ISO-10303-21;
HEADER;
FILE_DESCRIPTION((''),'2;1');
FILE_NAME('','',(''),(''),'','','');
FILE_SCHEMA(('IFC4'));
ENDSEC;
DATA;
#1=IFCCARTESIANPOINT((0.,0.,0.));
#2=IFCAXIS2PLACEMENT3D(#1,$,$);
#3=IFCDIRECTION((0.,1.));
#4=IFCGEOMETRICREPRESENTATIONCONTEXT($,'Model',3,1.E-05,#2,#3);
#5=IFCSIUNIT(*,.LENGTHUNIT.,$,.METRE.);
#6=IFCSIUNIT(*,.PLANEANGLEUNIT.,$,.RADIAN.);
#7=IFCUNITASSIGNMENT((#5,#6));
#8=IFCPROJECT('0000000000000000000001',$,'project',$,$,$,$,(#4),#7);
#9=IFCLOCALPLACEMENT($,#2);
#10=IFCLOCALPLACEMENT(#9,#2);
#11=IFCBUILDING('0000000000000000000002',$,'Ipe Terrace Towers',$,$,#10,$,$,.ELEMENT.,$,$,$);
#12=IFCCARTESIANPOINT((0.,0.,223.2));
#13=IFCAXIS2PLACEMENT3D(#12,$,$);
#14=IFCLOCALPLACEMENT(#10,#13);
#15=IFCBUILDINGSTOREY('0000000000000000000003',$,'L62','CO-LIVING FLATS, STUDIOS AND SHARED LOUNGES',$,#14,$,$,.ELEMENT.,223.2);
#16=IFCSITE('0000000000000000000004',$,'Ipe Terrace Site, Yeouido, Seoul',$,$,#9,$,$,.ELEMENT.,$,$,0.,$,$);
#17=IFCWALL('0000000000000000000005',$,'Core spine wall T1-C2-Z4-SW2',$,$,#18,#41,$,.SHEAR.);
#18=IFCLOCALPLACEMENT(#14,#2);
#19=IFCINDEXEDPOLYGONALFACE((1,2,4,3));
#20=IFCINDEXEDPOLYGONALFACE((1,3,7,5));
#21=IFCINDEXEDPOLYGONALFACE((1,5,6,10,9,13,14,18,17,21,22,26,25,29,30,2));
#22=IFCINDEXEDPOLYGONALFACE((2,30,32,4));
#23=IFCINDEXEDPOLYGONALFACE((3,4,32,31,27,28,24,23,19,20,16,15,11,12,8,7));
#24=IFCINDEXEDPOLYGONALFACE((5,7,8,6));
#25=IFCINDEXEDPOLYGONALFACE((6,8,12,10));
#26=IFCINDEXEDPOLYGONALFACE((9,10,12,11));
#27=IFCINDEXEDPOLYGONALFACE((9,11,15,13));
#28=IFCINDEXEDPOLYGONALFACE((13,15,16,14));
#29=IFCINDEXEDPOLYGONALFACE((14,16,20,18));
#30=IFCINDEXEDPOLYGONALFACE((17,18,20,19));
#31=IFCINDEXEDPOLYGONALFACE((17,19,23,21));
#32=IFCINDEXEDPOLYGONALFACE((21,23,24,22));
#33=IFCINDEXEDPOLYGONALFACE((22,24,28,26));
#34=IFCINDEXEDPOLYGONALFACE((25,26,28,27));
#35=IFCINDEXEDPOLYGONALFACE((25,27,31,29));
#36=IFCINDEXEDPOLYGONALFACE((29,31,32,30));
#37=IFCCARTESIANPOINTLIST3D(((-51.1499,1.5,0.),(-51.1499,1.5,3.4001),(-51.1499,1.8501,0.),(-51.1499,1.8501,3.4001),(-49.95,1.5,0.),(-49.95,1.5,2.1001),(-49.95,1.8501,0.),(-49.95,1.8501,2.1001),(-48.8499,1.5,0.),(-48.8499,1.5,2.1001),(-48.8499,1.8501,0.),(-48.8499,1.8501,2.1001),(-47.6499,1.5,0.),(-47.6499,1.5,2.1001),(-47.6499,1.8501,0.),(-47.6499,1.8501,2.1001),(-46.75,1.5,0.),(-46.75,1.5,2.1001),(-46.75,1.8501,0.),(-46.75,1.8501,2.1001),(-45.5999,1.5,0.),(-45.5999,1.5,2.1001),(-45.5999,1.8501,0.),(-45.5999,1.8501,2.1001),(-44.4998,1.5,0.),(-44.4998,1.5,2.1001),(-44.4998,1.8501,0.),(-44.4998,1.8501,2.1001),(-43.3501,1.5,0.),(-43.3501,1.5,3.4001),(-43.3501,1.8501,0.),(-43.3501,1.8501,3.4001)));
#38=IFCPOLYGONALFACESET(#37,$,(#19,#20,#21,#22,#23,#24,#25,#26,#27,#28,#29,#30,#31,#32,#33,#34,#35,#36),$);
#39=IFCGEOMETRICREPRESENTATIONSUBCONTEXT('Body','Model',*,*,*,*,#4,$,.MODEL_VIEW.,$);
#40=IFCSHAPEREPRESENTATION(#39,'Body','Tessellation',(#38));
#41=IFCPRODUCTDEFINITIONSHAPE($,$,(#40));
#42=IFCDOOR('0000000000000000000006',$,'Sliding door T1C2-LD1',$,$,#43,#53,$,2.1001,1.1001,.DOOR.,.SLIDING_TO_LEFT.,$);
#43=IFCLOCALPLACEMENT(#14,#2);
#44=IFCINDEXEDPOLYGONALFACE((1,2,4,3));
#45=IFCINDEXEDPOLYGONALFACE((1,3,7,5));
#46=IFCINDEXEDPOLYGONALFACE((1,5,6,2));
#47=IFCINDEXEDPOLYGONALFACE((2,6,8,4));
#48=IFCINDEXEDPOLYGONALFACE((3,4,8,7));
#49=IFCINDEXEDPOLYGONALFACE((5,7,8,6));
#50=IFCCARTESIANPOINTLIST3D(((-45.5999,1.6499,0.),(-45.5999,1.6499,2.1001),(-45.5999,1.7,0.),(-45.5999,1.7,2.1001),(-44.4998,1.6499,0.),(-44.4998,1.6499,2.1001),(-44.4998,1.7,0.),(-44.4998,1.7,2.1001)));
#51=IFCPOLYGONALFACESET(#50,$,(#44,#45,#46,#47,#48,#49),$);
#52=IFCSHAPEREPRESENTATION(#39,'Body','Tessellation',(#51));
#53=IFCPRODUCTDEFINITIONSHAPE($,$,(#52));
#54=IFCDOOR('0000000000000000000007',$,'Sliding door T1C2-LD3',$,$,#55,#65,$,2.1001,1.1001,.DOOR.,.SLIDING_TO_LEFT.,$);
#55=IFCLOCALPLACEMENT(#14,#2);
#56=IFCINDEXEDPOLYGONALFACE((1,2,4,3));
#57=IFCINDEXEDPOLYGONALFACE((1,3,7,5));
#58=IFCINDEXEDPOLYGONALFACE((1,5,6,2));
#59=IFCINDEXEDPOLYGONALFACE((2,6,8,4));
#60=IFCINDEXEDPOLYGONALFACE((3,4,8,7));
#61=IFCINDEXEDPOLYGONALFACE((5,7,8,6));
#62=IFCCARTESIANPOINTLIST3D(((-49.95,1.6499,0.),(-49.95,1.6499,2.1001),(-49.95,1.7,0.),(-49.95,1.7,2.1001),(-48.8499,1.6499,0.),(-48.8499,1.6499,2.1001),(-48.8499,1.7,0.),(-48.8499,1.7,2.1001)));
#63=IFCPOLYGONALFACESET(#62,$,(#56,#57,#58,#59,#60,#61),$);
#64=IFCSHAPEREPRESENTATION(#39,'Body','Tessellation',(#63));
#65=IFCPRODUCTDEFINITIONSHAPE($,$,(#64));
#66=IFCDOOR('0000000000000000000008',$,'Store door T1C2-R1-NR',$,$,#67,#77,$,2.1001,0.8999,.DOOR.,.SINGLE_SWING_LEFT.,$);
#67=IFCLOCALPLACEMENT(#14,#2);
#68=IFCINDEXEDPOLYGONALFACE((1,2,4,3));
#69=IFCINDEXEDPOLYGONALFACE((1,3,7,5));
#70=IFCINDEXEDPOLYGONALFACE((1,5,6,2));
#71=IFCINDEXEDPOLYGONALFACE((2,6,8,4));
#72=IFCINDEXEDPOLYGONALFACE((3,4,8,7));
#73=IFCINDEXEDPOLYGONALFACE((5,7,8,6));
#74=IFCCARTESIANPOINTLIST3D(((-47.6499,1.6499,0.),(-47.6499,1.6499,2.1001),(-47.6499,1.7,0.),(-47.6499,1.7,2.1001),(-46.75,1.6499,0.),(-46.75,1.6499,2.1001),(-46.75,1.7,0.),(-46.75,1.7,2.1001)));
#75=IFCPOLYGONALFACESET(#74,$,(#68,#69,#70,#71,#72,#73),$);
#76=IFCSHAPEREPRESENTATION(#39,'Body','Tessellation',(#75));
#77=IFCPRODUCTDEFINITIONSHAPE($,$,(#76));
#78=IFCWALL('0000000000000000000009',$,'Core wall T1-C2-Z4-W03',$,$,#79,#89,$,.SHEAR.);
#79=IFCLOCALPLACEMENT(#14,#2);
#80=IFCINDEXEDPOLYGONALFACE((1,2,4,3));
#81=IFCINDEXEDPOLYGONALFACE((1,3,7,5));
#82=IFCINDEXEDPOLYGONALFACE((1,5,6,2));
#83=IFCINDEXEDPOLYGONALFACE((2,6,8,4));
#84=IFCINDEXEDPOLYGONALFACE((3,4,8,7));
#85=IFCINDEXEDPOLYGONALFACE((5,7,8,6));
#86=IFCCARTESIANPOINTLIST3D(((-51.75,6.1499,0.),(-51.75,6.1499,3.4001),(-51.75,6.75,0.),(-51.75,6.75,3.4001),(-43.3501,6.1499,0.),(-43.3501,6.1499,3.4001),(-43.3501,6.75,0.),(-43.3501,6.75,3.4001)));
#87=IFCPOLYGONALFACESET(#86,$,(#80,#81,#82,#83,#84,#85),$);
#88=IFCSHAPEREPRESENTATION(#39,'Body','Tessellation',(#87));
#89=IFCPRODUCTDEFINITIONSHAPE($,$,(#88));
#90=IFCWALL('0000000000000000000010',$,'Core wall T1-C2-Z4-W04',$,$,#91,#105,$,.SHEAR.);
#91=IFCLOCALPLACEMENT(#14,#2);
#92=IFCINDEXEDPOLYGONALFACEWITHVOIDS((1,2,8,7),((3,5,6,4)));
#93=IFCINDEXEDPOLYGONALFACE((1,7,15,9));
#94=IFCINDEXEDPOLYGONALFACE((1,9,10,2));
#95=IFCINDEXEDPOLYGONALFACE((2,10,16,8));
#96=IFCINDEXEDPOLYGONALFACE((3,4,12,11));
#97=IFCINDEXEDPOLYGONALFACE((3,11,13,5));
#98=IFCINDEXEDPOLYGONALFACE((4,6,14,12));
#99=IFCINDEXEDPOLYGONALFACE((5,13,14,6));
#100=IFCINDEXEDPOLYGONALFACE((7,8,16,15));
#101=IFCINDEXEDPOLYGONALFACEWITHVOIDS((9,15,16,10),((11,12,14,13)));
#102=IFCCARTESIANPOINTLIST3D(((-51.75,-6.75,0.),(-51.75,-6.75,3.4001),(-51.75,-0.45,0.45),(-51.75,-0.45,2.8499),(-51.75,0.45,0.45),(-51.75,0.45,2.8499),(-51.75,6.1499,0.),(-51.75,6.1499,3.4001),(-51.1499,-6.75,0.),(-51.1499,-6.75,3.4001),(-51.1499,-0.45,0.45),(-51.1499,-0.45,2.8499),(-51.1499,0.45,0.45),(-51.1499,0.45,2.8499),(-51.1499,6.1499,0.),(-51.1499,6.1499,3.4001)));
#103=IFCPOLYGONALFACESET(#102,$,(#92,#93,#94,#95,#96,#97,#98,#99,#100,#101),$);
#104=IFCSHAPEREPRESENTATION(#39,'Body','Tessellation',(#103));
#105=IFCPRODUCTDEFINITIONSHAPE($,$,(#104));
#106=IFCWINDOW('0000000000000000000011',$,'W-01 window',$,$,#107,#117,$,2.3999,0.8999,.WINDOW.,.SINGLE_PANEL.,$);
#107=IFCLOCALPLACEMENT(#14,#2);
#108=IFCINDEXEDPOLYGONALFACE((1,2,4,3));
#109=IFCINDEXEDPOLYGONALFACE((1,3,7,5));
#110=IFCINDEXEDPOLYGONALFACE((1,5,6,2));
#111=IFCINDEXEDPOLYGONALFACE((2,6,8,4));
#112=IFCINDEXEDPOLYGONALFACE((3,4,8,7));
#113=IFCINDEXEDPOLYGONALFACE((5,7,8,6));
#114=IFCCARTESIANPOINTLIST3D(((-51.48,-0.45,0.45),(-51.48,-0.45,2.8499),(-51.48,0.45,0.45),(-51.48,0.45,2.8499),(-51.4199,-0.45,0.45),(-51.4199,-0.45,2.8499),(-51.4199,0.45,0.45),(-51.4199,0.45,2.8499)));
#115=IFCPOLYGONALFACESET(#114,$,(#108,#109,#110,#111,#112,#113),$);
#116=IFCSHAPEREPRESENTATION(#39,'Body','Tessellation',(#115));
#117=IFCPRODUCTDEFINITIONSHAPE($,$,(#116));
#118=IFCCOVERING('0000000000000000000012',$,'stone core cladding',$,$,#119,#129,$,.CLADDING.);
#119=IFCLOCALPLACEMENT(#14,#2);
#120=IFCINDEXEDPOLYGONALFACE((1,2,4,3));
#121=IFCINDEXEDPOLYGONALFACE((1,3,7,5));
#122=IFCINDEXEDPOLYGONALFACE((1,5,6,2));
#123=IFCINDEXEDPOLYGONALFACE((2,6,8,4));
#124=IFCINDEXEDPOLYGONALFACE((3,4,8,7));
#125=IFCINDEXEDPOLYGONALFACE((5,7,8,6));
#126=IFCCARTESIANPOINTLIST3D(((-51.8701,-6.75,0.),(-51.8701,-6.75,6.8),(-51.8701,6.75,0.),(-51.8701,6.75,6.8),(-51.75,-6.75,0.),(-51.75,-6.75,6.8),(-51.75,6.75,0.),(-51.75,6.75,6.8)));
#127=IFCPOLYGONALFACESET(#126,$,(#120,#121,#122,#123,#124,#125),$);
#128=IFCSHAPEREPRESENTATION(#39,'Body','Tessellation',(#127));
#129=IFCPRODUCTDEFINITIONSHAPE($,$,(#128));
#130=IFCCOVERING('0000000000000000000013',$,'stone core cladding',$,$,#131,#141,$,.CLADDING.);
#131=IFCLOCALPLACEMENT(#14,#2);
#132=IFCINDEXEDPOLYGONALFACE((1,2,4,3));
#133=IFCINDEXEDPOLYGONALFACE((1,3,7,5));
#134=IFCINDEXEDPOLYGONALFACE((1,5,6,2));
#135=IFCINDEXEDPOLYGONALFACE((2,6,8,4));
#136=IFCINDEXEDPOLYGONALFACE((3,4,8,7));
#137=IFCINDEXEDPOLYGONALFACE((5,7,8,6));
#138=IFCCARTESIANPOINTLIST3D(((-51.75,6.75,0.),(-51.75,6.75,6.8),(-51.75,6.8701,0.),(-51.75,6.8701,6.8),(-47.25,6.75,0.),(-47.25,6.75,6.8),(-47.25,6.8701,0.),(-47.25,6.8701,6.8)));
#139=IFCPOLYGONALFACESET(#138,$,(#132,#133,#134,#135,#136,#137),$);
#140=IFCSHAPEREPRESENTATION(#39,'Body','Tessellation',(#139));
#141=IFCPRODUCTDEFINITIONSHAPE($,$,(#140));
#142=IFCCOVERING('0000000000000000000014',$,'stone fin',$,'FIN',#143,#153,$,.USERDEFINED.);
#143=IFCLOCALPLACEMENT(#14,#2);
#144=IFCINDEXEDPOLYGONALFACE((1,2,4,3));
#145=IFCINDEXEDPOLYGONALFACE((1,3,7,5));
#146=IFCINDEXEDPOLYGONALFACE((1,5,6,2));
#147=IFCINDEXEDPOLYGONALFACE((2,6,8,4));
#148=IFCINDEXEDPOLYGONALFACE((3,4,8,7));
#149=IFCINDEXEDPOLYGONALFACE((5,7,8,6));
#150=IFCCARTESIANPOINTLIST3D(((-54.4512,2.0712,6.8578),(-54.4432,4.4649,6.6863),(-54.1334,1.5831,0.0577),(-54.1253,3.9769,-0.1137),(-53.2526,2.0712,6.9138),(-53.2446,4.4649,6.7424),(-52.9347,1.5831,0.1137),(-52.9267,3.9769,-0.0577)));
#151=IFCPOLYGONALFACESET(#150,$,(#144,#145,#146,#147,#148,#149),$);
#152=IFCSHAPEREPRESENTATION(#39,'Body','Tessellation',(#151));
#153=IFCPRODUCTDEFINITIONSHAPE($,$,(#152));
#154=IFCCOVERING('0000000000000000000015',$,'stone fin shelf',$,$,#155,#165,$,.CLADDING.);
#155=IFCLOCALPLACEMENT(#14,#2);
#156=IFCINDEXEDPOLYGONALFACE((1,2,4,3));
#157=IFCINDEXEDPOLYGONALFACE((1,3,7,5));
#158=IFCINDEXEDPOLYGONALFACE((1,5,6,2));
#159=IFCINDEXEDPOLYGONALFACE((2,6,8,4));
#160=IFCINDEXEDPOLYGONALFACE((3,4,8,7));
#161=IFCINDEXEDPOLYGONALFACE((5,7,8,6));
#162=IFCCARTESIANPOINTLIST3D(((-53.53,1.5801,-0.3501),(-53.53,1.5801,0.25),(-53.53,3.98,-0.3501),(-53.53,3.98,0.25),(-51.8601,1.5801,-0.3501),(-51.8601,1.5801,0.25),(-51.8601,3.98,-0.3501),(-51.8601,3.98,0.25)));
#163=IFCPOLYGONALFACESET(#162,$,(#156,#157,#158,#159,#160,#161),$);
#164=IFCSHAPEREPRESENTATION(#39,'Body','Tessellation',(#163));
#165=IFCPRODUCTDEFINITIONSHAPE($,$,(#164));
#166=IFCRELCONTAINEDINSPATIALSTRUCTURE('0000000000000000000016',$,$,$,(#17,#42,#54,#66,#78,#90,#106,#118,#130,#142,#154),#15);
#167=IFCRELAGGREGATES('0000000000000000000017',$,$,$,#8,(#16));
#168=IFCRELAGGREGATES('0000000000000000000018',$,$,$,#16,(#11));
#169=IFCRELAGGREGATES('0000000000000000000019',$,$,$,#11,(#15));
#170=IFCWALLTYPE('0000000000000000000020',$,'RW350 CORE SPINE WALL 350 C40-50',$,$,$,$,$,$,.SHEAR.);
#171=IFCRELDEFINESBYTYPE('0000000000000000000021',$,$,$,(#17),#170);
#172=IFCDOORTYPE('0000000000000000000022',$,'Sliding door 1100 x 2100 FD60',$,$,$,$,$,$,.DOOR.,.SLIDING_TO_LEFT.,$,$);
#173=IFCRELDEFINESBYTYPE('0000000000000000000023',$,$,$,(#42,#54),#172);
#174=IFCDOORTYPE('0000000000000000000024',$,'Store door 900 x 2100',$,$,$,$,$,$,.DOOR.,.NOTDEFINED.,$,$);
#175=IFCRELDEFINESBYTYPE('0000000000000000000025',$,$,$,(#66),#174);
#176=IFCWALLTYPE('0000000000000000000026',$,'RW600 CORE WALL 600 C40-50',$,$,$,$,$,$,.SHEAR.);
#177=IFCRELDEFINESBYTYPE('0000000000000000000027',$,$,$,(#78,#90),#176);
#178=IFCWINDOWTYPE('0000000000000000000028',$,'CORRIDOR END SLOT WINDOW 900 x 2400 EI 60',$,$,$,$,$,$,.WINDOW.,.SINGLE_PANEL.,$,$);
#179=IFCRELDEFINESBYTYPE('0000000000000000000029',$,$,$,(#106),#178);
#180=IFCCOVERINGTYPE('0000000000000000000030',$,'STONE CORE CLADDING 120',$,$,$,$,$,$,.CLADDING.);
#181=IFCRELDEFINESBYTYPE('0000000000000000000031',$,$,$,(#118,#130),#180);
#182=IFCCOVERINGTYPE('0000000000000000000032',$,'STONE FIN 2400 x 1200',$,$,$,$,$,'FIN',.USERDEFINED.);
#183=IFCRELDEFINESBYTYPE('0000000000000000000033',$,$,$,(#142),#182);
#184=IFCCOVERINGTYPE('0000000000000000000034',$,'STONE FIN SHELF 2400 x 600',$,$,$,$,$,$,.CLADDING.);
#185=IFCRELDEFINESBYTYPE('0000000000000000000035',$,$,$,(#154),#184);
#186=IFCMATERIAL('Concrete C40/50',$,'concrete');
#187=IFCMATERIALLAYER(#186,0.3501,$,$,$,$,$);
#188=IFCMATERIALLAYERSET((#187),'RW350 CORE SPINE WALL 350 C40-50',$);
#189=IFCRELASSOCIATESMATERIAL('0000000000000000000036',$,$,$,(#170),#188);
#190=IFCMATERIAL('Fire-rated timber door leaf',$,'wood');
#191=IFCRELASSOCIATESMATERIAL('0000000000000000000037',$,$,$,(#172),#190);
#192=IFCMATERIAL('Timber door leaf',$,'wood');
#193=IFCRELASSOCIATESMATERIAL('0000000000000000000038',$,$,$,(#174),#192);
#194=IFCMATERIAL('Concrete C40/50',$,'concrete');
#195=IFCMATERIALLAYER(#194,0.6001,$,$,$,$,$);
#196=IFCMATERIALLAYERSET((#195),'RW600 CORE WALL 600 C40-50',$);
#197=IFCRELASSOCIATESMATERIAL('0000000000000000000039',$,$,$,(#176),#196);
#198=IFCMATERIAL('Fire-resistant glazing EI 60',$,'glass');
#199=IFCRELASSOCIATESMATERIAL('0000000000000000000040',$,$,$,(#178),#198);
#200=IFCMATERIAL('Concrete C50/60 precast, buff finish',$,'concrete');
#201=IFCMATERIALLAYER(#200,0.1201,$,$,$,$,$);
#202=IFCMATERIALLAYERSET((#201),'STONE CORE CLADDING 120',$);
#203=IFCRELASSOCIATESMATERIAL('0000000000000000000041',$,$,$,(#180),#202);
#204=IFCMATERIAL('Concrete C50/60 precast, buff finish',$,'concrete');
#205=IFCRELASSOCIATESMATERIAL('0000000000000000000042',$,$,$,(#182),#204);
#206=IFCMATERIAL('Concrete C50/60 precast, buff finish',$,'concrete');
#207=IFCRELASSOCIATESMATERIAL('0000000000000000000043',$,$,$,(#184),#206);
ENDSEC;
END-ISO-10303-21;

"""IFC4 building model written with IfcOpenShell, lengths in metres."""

from ifc_helpers import new_model, si_unit, direction, frame, frame_2d, origin, origin_2d, place, context, subcontext, project, spatial, rectangle, extrude, material, layer, layer_set, material_profile, profile_set, type_object, element, fill, save


model = new_model("IFC4")

# Units and contexts
model_context = context("Model", 3, precision=1e-05, world=origin(), true_north=direction((0.0, 1.0)))
body_context = subcontext(model_context, "Body", "Model", "MODEL_VIEW")
ifc_project = project(units=[si_unit("LENGTHUNIT", "METRE"), si_unit("PLANEANGLEUNIT", "RADIAN")], contexts=[model_context])

# Site, building, storey
site_placement = place(None, origin())
site = spatial("IfcSite", under=ifc_project, at=site_placement, Name="Ipe Terrace Site, Yeouido, Seoul", CompositionType="ELEMENT", RefElevation=0.0)
building_placement = place(site_placement, origin())
building = spatial("IfcBuilding", under=site, at=building_placement, Name="Ipe Terrace Towers", CompositionType="ELEMENT")
storey_placement = place(building_placement, frame((0.0, 0.0, 223.2)))
storey = spatial("IfcBuildingStorey", under=building, at=storey_placement, Name="L62", Description="CO-LIVING FLATS, STUDIOS AND SHARED LOUNGES", CompositionType="ELEMENT", Elevation=223.2)

# Wall, openings, doors
ifc_material_1 = material(Name="Concrete C40/50", Category="concrete")
ifc_layer_1 = layer(ifc_material_1, 0.3501)
ifc_layer_set_1 = layer_set([ifc_layer_1], Name="RW350 CORE SPINE WALL 350 C40-50")
wall_type_1 = type_object("IfcWallType", Name="RW350 CORE SPINE WALL 350 C40-50", PredefinedType="SHEAR", material=ifc_layer_set_1)
wall_1_placement = place(storey_placement, frame((-51.1499, 1.675, 0.0), z_axis=(0.0, 0.0, 1.0), x_axis=(1.0, 0.0, 0.0)))
wall_1 = element("IfcWall", 1, at=wall_1_placement, inside=storey, type_object=wall_type_1, Name="Core spine wall T1-C2-Z4-SW2", PredefinedType="SHEAR", context=body_context, shape_type="SweptSolid", body=[
    extrude(rectangle(XDim=7.7998, YDim=0.3501, at=frame_2d((3.8999, 0.0))), origin(), (0.0, 0.0, 1.0), 3.4001),
])
opening_1_placement = place(wall_1_placement, frame((5.55, 0.0, 0.0)))
opening_1 = element("IfcOpeningElement", 2, at=opening_1_placement, cuts=wall_1, PredefinedType="OPENING", context=body_context, shape_type="SweptSolid", body=[
    extrude(rectangle(XDim=1.1001, YDim=2.1001, at=frame_2d((0.55, 1.05))), frame((0.0, 0.1851, 0.0), z_axis=(0.0, -1.0, 0.0), x_axis=(1.0, 0.0, 0.0)), (0.0, 0.0, 1.0), 0.3701),
])
opening_2_placement = place(wall_1_placement, frame((1.2, 0.0, 0.0)))
opening_2 = element("IfcOpeningElement", 3, at=opening_2_placement, cuts=wall_1, PredefinedType="OPENING", context=body_context, shape_type="SweptSolid", body=[
    extrude(rectangle(XDim=1.1001, YDim=2.1001, at=frame_2d((0.55, 1.05))), frame((0.0, 0.1851, 0.0), z_axis=(0.0, -1.0, 0.0), x_axis=(1.0, 0.0, 0.0)), (0.0, 0.0, 1.0), 0.3701),
])
opening_3_placement = place(wall_1_placement, frame((3.5, 0.0, 0.0)))
opening_3 = element("IfcOpeningElement", 4, at=opening_3_placement, cuts=wall_1, PredefinedType="OPENING", context=body_context, shape_type="SweptSolid", body=[
    extrude(rectangle(XDim=0.8999, YDim=2.1001, at=frame_2d((0.45, 1.05))), frame((0.0, 0.1851, 0.0), z_axis=(0.0, -1.0, 0.0), x_axis=(1.0, 0.0, 0.0)), (0.0, 0.0, 1.0), 0.3701),
])
ifc_material_2 = material(Name="Fire-rated timber door leaf", Category="wood")
door_type_1 = type_object("IfcDoorType", Name="Sliding door 1100 x 2100 FD60", OperationType="SLIDING_TO_LEFT", PredefinedType="DOOR", material=ifc_material_2)
door_1_placement = place(opening_1_placement, origin())
door_1 = element("IfcDoor", 5, at=door_1_placement, inside=storey, type_object=door_type_1, Name="Sliding door T1C2-LD1", OperationType="SLIDING_TO_LEFT", OverallHeight=2.1001, OverallWidth=1.1001, PredefinedType="DOOR", context=body_context, shape_type="SweptSolid", body=[
    extrude(rectangle(XDim=1.1001, YDim=2.1001, at=frame_2d((0.55, 1.05))), frame((0.0, 0.0249, 0.0), z_axis=(0.0, -1.0, 0.0), x_axis=(1.0, 0.0, 0.0)), (0.0, 0.0, 1.0), 0.05),
])
fill(opening_1, door_1)
door_2_placement = place(opening_2_placement, origin())
door_2 = element("IfcDoor", 6, at=door_2_placement, inside=storey, type_object=door_type_1, Name="Sliding door T1C2-LD3", OperationType="SLIDING_TO_LEFT", OverallHeight=2.1001, OverallWidth=1.1001, PredefinedType="DOOR", context=body_context, shape_type="SweptSolid", body=[
    extrude(rectangle(XDim=1.1001, YDim=2.1001, at=frame_2d((0.55, 1.05))), frame((0.0, 0.0249, 0.0), z_axis=(0.0, -1.0, 0.0), x_axis=(1.0, 0.0, 0.0)), (0.0, 0.0, 1.0), 0.05),
])
fill(opening_2, door_2)
ifc_material_3 = material(Name="Timber door leaf", Category="wood")
door_type_2 = type_object("IfcDoorType", Name="Store door 900 x 2100", OperationType="NOTDEFINED", PredefinedType="DOOR", material=ifc_material_3)
door_3_placement = place(opening_3_placement, origin())
door_3 = element("IfcDoor", 7, at=door_3_placement, inside=storey, type_object=door_type_2, Name="Store door T1C2-R1-NR", OperationType="SINGLE_SWING_LEFT", OverallHeight=2.1001, OverallWidth=0.8999, PredefinedType="DOOR", context=body_context, shape_type="SweptSolid", body=[
    extrude(rectangle(XDim=0.8999, YDim=2.1001, at=frame_2d((0.45, 1.05))), frame((0.0, 0.0249, 0.0), z_axis=(0.0, -1.0, 0.0), x_axis=(1.0, 0.0, 0.0)), (0.0, 0.0, 1.0), 0.05),
])
fill(opening_3, door_3)

# Wall
ifc_material_4 = material(Name="Concrete C40/50", Category="concrete")
ifc_layer_2 = layer(ifc_material_4, 0.6001)
ifc_layer_set_2 = layer_set([ifc_layer_2], Name="RW600 CORE WALL 600 C40-50")
wall_type_2 = type_object("IfcWallType", Name="RW600 CORE WALL 600 C40-50", PredefinedType="SHEAR", material=ifc_layer_set_2)
wall_2_placement = place(storey_placement, frame((-43.3501, 6.45, 0.0), z_axis=(0.0, 0.0, 1.0), x_axis=(-1.0, 0.0, 0.0)))
element("IfcWall", 8, at=wall_2_placement, inside=storey, type_object=wall_type_2, Name="Core wall T1-C2-Z4-W03", PredefinedType="SHEAR", context=body_context, shape_type="SweptSolid", body=[
    extrude(rectangle(XDim=8.3999, YDim=0.6001, at=frame_2d((4.2, 0.0))), origin(), (0.0, 0.0, 1.0), 3.4001),
])

# Wall, opening, window
wall_3_placement = place(storey_placement, frame((-51.45, 6.1499, 0.0), z_axis=(0.0, 0.0, 1.0), x_axis=(0.0, -1.0, 0.0)))
wall_3 = element("IfcWall", 9, at=wall_3_placement, inside=storey, type_object=wall_type_2, Name="Core wall T1-C2-Z4-W04", PredefinedType="SHEAR", context=body_context, shape_type="SweptSolid", body=[
    extrude(rectangle(XDim=12.8999, YDim=0.6001, at=frame_2d((6.45, 0.0))), origin(), (0.0, 0.0, 1.0), 3.4001),
])
opening_4_placement = place(wall_3_placement, frame((5.7, 0.0, 0.45)))
opening_4 = element("IfcOpeningElement", 10, at=opening_4_placement, cuts=wall_3, PredefinedType="OPENING", context=body_context, shape_type="SweptSolid", body=[
    extrude(rectangle(XDim=0.8999, YDim=2.3999, at=frame_2d((0.45, 1.2))), frame((0.0, 0.3101, 0.0), z_axis=(0.0, -1.0, 0.0), x_axis=(1.0, 0.0, 0.0)), (0.0, 0.0, 1.0), 0.6201),
])
ifc_material_5 = material(Name="Fire-resistant glazing EI 60", Category="glass")
window_type = type_object("IfcWindowType", Name="CORRIDOR END SLOT WINDOW 900 x 2400 EI 60", PartitioningType="SINGLE_PANEL", PredefinedType="WINDOW", material=ifc_material_5)
window_placement = place(opening_4_placement, origin())
window = element("IfcWindow", 11, at=window_placement, inside=storey, type_object=window_type, Name="W-01 window", OverallHeight=2.3999, OverallWidth=0.8999, PartitioningType="SINGLE_PANEL", PredefinedType="WINDOW", context=body_context, shape_type="SweptSolid", body=[
    extrude(rectangle(XDim=0.8999, YDim=2.3999, at=frame_2d((0.45, 1.2))), frame((0.0, 0.03, 0.0), z_axis=(0.0, -1.0, 0.0), x_axis=(1.0, 0.0, 0.0)), (0.0, 0.0, 1.0), 0.0601),
])
fill(opening_4, window)

# Coverings
ifc_material_6 = material(Name="Concrete C50/60 precast, buff finish", Category="concrete")
ifc_layer_3 = layer(ifc_material_6, 0.1201)
ifc_layer_set_3 = layer_set([ifc_layer_3], Name="STONE CORE CLADDING 120")
covering_type_1 = type_object("IfcCoveringType", Name="STONE CORE CLADDING 120", PredefinedType="CLADDING", material=ifc_layer_set_3)
covering_1_placement = place(storey_placement, frame((-51.8101, 0.0, 0.0), z_axis=(0.0, 0.0, 1.0), x_axis=(0.0, -1.0, 0.0)))
element("IfcCovering", 12, at=covering_1_placement, inside=storey, type_object=covering_type_1, Name="stone core cladding", PredefinedType="CLADDING", context=body_context, shape_type="SweptSolid", body=[
    extrude(rectangle(XDim=13.5, YDim=0.1201, at=origin_2d()), origin(), (0.0, 0.0, 1.0), 6.8),
])
covering_2_placement = place(storey_placement, frame((-49.5, 6.8101, 0.0), z_axis=(0.0, 0.0, 1.0), x_axis=(-1.0, 0.0, 0.0)))
element("IfcCovering", 13, at=covering_2_placement, inside=storey, type_object=covering_type_1, Name="stone core cladding", PredefinedType="CLADDING", context=body_context, shape_type="SweptSolid", body=[
    extrude(rectangle(XDim=4.5, YDim=0.1201, at=origin_2d()), origin(), (0.0, 0.0, 1.0), 6.8),
])
ifc_material_7 = material(Name="Concrete C50/60 precast, buff finish", Category="concrete")
ifc_material_profile_1 = material_profile(ifc_material_7, rectangle(XDim=2.3999, YDim=1.2, at=origin_2d()), Name="STONE FIN 2400 x 1200")
ifc_profile_set_1 = profile_set([ifc_material_profile_1], Name="Concrete C50/60 precast, buff finish")
covering_type_2 = type_object("IfcCoveringType", Name="STONE FIN 2400 x 1200", ElementType="FIN", PredefinedType="USERDEFINED", material=ifc_profile_set_1)
covering_3_placement = place(storey_placement, frame((-53.53, 2.78, 0.0), z_axis=(-0.046575, 0.071508, 0.996352), x_axis=(-0.003339, -0.99744, 0.07143)))
element("IfcCovering", 14, at=covering_3_placement, inside=storey, type_object=covering_type_2, Name="stone fin", ObjectType="FIN", PredefinedType="USERDEFINED", context=body_context, shape_type="SweptSolid", body=[
    extrude(rectangle(XDim=2.3999, YDim=1.2, at=origin_2d()), origin(), (0.0, 0.0, 1.0), 6.825),
])
ifc_material_8 = material(Name="Concrete C50/60 precast, buff finish", Category="concrete")
covering_type_3 = type_object("IfcCoveringType", Name="STONE FIN SHELF 2400 x 600", PredefinedType="CLADDING", material=ifc_material_8)
covering_4_placement = place(storey_placement, frame((-52.6951, 2.78, -0.3501), z_axis=(0.0, 0.0, 1.0), x_axis=(0.0, -1.0, 0.0)))
element("IfcCovering", 15, at=covering_4_placement, inside=storey, type_object=covering_type_3, Name="stone fin shelf", PredefinedType="CLADDING", context=body_context, shape_type="SweptSolid", body=[
    extrude(rectangle(XDim=2.3999, YDim=1.6699, at=origin_2d()), origin(), (0.0, 0.0, 1.0), 0.6001),
])

save(model, "model.ifc")
